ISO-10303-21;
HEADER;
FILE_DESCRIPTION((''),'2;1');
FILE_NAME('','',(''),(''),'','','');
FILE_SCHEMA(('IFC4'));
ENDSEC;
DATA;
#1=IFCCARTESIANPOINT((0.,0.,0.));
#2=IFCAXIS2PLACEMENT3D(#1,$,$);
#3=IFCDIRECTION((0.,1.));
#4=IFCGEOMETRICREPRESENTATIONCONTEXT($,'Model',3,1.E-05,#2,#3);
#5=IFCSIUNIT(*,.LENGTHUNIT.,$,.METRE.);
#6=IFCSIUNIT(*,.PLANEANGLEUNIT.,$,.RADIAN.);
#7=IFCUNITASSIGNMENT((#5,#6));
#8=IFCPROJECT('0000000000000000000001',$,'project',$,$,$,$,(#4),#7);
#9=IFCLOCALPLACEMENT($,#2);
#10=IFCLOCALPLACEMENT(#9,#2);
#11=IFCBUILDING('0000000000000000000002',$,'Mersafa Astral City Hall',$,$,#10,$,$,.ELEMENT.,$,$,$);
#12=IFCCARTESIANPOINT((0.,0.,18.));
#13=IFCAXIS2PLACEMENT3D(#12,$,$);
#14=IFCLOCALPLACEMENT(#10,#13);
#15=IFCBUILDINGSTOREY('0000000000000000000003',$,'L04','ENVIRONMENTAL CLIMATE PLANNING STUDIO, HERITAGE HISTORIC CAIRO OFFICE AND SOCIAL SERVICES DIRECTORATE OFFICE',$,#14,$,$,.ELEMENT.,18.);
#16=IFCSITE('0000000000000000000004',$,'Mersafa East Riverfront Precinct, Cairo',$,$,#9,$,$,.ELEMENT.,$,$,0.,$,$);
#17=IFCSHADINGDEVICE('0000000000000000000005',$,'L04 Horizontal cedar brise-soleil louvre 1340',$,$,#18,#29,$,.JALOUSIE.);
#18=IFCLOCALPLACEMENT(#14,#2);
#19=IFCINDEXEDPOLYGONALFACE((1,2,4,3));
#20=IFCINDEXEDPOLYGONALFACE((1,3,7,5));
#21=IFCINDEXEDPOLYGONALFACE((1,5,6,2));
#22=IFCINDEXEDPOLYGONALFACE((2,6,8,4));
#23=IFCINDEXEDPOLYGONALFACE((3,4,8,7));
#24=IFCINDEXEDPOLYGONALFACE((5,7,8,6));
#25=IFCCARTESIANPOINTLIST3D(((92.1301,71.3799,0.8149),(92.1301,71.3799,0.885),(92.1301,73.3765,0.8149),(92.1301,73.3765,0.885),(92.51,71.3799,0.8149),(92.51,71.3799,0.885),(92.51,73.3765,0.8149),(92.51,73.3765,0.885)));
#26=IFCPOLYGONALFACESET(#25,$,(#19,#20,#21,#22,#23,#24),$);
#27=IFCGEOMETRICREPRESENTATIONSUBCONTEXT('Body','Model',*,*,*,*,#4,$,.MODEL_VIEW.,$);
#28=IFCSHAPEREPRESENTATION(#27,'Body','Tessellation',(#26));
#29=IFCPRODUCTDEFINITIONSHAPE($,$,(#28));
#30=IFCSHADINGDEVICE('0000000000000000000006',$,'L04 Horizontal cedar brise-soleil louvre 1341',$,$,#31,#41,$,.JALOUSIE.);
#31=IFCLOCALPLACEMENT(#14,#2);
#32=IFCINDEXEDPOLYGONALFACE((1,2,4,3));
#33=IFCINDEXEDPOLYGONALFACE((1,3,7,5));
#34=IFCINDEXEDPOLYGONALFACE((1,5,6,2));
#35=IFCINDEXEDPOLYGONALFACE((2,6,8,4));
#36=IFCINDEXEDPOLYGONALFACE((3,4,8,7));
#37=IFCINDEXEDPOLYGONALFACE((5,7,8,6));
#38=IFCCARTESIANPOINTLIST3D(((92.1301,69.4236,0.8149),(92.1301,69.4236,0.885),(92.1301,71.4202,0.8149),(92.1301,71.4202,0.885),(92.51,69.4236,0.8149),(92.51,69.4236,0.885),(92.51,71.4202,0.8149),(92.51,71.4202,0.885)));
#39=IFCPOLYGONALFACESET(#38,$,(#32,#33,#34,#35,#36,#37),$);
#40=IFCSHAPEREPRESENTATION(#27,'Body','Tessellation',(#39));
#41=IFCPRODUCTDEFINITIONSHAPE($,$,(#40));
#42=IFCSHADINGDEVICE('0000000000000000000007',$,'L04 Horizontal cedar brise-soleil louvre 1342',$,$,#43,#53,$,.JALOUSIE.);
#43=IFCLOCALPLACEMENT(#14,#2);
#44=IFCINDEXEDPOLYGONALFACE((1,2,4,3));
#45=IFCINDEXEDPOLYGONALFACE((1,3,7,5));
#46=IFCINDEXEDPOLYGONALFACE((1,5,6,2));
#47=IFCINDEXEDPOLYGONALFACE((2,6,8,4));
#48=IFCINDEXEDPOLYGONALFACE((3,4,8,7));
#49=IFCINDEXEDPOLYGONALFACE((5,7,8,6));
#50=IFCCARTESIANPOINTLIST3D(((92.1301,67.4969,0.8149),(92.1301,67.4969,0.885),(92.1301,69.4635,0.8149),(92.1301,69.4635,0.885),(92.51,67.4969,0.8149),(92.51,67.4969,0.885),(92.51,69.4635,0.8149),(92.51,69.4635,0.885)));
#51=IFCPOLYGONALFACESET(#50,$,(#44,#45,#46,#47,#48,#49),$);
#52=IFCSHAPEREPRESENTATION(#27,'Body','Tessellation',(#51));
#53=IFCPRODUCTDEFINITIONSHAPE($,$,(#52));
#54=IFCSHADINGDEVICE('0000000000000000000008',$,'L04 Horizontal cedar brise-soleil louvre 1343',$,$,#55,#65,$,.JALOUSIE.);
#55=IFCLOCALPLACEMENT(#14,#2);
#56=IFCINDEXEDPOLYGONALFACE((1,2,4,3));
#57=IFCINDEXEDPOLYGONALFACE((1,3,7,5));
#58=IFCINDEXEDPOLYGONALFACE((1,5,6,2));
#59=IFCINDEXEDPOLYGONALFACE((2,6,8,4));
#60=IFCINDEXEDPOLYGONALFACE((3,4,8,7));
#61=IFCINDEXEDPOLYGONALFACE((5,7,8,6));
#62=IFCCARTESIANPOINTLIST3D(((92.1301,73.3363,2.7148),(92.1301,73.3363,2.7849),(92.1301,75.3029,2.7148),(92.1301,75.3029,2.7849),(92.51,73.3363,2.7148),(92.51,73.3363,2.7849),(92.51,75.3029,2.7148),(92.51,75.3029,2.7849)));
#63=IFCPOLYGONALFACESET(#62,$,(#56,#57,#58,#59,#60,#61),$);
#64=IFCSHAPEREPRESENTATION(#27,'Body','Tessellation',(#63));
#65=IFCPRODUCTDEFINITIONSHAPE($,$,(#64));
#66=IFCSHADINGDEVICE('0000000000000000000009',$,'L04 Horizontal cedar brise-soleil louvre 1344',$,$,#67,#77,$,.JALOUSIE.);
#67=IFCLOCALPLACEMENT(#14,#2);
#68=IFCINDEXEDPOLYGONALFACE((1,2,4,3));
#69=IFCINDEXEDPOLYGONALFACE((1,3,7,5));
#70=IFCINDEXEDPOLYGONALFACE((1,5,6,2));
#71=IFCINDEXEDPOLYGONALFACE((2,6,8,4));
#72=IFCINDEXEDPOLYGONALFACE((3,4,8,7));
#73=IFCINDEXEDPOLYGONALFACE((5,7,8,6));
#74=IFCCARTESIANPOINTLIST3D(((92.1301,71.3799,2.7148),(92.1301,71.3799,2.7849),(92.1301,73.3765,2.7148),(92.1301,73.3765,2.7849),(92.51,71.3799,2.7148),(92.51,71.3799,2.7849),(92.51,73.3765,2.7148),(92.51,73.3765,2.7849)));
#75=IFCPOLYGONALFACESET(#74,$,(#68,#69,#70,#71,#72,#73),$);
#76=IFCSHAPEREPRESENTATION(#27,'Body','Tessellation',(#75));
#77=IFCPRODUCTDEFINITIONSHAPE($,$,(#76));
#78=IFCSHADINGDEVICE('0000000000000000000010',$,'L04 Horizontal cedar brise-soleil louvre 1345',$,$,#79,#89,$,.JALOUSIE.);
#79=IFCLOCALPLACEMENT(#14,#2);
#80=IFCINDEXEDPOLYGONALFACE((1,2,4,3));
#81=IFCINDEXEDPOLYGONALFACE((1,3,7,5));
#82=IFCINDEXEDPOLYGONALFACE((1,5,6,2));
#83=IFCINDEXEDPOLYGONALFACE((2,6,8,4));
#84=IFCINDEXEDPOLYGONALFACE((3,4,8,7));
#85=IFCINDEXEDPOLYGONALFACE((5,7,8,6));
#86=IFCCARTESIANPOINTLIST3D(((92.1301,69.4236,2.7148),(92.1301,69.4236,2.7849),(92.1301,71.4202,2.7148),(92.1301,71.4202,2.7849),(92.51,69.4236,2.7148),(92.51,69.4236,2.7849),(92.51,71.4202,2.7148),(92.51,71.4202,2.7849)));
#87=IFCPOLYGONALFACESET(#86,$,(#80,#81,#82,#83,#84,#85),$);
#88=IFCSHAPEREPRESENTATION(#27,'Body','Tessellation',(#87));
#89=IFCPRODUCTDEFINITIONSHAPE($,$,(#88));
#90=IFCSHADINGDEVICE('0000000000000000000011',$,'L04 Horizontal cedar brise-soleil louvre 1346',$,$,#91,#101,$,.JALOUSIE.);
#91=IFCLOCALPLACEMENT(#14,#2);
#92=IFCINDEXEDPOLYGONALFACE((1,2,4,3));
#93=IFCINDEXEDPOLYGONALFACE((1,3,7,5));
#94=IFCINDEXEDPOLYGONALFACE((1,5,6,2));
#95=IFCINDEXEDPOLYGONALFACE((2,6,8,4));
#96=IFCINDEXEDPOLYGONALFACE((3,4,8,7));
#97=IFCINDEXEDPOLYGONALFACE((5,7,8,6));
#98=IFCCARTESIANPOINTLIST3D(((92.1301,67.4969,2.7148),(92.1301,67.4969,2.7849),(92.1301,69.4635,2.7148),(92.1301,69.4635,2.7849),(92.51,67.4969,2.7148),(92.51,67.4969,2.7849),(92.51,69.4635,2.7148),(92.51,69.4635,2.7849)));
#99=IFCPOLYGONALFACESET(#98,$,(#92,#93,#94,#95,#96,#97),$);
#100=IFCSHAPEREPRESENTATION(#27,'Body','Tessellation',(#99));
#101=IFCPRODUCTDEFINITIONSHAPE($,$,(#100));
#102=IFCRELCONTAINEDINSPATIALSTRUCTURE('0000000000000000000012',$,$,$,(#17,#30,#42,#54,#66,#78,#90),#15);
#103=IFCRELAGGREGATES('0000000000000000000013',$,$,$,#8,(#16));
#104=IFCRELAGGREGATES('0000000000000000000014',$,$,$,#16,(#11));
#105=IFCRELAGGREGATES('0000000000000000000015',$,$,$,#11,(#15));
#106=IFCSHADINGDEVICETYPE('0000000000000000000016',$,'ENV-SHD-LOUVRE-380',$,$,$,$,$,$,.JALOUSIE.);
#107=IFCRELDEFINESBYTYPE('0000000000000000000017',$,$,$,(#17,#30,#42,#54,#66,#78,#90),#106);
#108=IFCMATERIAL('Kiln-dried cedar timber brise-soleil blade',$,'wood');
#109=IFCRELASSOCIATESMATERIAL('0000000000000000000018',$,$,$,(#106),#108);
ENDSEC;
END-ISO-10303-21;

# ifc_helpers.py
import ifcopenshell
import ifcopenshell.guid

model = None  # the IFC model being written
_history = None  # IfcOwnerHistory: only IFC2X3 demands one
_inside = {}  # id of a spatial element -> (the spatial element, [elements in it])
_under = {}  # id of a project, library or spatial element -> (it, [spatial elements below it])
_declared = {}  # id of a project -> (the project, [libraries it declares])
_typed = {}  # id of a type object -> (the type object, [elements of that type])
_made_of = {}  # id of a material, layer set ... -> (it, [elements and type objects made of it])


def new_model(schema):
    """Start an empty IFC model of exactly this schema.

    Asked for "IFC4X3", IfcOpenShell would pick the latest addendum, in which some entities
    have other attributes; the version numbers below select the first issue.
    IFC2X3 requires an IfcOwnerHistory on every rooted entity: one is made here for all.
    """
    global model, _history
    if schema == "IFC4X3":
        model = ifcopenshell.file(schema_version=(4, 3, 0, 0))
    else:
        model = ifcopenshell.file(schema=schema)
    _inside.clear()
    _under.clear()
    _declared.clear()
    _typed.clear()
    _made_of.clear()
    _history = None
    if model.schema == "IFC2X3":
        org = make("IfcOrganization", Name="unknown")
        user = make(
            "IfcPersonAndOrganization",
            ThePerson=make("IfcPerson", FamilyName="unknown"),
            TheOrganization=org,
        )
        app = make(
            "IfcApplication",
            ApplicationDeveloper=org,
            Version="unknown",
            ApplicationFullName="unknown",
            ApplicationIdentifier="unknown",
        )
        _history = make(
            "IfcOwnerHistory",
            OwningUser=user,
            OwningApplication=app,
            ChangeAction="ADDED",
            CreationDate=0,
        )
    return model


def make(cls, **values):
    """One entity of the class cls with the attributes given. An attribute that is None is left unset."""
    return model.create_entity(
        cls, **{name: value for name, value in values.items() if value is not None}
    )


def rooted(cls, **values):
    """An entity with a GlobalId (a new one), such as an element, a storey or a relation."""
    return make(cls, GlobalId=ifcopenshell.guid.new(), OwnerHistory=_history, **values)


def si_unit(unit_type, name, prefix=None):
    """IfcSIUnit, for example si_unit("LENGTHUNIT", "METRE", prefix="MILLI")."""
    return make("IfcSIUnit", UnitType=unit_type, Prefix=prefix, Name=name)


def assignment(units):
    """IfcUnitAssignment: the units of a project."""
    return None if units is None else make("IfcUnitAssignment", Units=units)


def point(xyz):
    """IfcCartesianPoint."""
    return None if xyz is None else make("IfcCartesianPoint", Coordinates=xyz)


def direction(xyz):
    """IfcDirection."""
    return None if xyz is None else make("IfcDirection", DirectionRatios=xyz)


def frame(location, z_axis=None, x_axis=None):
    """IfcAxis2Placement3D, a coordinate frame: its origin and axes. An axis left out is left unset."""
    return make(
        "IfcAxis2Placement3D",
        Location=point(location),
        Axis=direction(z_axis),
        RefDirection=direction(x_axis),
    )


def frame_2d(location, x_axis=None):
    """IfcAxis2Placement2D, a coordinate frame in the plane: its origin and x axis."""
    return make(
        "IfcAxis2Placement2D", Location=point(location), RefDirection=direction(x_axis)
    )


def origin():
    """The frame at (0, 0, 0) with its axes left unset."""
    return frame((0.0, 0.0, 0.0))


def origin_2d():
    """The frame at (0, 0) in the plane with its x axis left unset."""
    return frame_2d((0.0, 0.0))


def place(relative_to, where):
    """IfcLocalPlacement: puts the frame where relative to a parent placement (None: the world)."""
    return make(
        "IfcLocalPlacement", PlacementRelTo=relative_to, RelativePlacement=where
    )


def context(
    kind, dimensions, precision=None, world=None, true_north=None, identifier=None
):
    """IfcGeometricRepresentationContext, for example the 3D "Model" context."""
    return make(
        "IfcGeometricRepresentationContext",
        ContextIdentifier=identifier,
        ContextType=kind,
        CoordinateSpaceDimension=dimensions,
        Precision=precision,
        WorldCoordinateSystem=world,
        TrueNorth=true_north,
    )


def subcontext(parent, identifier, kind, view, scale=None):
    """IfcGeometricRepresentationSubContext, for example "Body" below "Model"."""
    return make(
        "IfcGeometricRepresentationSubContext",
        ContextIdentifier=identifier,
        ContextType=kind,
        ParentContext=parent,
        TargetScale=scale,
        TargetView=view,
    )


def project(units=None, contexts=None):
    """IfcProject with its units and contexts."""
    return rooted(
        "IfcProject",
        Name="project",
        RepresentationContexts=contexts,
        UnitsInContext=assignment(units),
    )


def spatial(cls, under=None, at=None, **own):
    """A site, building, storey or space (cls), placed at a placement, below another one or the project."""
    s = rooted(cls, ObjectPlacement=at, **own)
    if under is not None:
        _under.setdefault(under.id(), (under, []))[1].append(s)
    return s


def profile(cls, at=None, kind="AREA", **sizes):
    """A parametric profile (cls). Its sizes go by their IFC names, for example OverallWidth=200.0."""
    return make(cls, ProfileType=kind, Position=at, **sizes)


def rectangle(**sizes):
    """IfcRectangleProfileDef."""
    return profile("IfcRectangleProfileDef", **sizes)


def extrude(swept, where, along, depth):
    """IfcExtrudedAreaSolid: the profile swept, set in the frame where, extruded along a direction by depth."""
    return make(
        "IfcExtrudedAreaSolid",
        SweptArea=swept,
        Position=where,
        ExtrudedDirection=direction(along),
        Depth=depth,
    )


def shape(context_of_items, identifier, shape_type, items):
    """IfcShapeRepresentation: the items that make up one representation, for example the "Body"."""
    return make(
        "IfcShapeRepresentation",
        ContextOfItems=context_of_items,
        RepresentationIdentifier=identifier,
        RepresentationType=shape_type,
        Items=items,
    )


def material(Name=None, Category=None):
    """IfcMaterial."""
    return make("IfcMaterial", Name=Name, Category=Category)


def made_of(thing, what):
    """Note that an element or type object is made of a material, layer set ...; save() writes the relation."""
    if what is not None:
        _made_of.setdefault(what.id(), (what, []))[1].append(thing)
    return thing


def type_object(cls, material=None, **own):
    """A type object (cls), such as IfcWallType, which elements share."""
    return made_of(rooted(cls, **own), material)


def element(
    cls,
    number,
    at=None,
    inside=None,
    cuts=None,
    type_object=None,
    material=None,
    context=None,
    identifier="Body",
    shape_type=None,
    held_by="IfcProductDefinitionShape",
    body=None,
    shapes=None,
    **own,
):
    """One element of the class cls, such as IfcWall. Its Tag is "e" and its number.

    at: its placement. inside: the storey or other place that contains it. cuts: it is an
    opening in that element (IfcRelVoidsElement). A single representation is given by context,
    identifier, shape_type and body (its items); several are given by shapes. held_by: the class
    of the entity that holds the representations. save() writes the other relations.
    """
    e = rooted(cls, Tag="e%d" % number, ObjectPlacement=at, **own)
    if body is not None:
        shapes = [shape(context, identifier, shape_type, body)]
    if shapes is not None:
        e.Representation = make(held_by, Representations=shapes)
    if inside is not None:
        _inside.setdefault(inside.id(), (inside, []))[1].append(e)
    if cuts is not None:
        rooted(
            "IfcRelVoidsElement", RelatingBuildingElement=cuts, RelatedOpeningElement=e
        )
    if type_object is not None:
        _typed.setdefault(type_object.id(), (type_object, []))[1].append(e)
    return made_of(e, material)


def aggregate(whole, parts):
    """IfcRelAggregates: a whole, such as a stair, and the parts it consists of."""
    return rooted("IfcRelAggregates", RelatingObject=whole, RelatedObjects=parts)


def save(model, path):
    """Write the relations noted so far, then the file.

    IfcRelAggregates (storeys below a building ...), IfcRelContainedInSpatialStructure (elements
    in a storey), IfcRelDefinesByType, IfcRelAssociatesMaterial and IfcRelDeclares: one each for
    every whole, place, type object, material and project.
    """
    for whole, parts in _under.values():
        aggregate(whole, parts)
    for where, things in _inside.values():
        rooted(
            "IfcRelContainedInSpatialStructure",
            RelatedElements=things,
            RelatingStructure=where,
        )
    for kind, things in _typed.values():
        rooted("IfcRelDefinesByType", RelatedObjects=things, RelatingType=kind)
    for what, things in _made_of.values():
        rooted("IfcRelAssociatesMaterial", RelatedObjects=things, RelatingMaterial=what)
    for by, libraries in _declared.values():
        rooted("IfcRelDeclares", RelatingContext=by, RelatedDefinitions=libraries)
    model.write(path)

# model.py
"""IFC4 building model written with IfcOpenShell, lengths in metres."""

from ifc_helpers import new_model, si_unit, direction, frame, origin, origin_2d, place, context, subcontext, project, spatial, rectangle, extrude, material, type_object, element, save


model = new_model("IFC4")

# Units and contexts
model_context = context("Model", 3, precision=1e-05, world=origin(), true_north=direction((0.0, 1.0)))
body_context = subcontext(model_context, "Body", "Model", "MODEL_VIEW")
ifc_project = project(units=[si_unit("LENGTHUNIT", "METRE"), si_unit("PLANEANGLEUNIT", "RADIAN")], contexts=[model_context])

# Site, building, storey
site_placement = place(None, origin())
site = spatial("IfcSite", under=ifc_project, at=site_placement, Name="Mersafa East Riverfront Precinct, Cairo", CompositionType="ELEMENT", RefElevation=0.0)
building_placement = place(site_placement, origin())
building = spatial("IfcBuilding", under=site, at=building_placement, Name="Mersafa Astral City Hall", CompositionType="ELEMENT")
storey_placement = place(building_placement, frame((0.0, 0.0, 18.0)))
storey = spatial("IfcBuildingStorey", under=building, at=storey_placement, Name="L04", Description="ENVIRONMENTAL CLIMATE PLANNING STUDIO, HERITAGE HISTORIC CAIRO OFFICE AND SOCIAL SERVICES DIRECTORATE OFFICE", CompositionType="ELEMENT", Elevation=18.0)

# Shading devices
ifc_material_1 = material(Name="Kiln-dried cedar timber brise-soleil blade", Category="wood")
shading_device_type_1 = type_object("IfcShadingDeviceType", Name="ENV-SHD-LOUVRE-380", PredefinedType="JALOUSIE", material=ifc_material_1)
for number, where, z_axis, x_axis, name in (
    (1, (92.3201, 72.3782, 0.8149), (0.0, 0.0, 1.0), (0.0, -1.0, 0.0), "L04 Horizontal cedar brise-soleil louvre 1340"),
    (2, (92.3201, 70.4219, 0.8149), (0.0, 0.0, 1.0), (0.0, -1.0, 0.0), "L04 Horizontal cedar brise-soleil louvre 1341"),
):
    element("IfcShadingDevice", number, at=place(storey_placement, frame(where, z_axis=z_axis, x_axis=x_axis)), inside=storey, type_object=shading_device_type_1, Name=name, PredefinedType="JALOUSIE", context=body_context, shape_type="SweptSolid", body=[
        extrude(rectangle(XDim=1.9966, YDim=0.3799, at=origin_2d()), origin(), (0.0, 0.0, 1.0), 0.0701),
    ])
for number, where, z_axis, x_axis, name in (
    (3, (92.3201, 68.4802, 0.8149), (0.0, 0.0, 1.0), (0.0, -1.0, 0.0), "L04 Horizontal cedar brise-soleil louvre 1342"),
    (4, (92.3201, 74.3196, 2.7148), (0.0, 0.0, 1.0), (0.0, -1.0, 0.0), "L04 Horizontal cedar brise-soleil louvre 1343"),
):
    element("IfcShadingDevice", number, at=place(storey_placement, frame(where, z_axis=z_axis, x_axis=x_axis)), inside=storey, type_object=shading_device_type_1, Name=name, PredefinedType="JALOUSIE", context=body_context, shape_type="SweptSolid", body=[
        extrude(rectangle(XDim=1.9666, YDim=0.3799, at=origin_2d()), origin(), (0.0, 0.0, 1.0), 0.0701),
    ])
for number, where, z_axis, x_axis, name in (
    (5, (92.3201, 72.3782, 2.7148), (0.0, 0.0, 1.0), (0.0, -1.0, 0.0), "L04 Horizontal cedar brise-soleil louvre 1344"),
    (6, (92.3201, 70.4219, 2.7148), (0.0, 0.0, 1.0), (0.0, -1.0, 0.0), "L04 Horizontal cedar brise-soleil louvre 1345"),
):
    element("IfcShadingDevice", number, at=place(storey_placement, frame(where, z_axis=z_axis, x_axis=x_axis)), inside=storey, type_object=shading_device_type_1, Name=name, PredefinedType="JALOUSIE", context=body_context, shape_type="SweptSolid", body=[
        extrude(rectangle(XDim=1.9966, YDim=0.3799, at=origin_2d()), origin(), (0.0, 0.0, 1.0), 0.0701),
    ])
shading_device_1_placement = place(storey_placement, frame((92.3201, 68.4802, 2.7148), z_axis=(0.0, 0.0, 1.0), x_axis=(0.0, -1.0, 0.0)))
element("IfcShadingDevice", 7, at=shading_device_1_placement, inside=storey, type_object=shading_device_type_1, Name="L04 Horizontal cedar brise-soleil louvre 1346", PredefinedType="JALOUSIE", context=body_context, shape_type="SweptSolid", body=[
    extrude(rectangle(XDim=1.9666, YDim=0.3799, at=origin_2d()), origin(), (0.0, 0.0, 1.0), 0.0701),
])

save(model, "model.ifc")
